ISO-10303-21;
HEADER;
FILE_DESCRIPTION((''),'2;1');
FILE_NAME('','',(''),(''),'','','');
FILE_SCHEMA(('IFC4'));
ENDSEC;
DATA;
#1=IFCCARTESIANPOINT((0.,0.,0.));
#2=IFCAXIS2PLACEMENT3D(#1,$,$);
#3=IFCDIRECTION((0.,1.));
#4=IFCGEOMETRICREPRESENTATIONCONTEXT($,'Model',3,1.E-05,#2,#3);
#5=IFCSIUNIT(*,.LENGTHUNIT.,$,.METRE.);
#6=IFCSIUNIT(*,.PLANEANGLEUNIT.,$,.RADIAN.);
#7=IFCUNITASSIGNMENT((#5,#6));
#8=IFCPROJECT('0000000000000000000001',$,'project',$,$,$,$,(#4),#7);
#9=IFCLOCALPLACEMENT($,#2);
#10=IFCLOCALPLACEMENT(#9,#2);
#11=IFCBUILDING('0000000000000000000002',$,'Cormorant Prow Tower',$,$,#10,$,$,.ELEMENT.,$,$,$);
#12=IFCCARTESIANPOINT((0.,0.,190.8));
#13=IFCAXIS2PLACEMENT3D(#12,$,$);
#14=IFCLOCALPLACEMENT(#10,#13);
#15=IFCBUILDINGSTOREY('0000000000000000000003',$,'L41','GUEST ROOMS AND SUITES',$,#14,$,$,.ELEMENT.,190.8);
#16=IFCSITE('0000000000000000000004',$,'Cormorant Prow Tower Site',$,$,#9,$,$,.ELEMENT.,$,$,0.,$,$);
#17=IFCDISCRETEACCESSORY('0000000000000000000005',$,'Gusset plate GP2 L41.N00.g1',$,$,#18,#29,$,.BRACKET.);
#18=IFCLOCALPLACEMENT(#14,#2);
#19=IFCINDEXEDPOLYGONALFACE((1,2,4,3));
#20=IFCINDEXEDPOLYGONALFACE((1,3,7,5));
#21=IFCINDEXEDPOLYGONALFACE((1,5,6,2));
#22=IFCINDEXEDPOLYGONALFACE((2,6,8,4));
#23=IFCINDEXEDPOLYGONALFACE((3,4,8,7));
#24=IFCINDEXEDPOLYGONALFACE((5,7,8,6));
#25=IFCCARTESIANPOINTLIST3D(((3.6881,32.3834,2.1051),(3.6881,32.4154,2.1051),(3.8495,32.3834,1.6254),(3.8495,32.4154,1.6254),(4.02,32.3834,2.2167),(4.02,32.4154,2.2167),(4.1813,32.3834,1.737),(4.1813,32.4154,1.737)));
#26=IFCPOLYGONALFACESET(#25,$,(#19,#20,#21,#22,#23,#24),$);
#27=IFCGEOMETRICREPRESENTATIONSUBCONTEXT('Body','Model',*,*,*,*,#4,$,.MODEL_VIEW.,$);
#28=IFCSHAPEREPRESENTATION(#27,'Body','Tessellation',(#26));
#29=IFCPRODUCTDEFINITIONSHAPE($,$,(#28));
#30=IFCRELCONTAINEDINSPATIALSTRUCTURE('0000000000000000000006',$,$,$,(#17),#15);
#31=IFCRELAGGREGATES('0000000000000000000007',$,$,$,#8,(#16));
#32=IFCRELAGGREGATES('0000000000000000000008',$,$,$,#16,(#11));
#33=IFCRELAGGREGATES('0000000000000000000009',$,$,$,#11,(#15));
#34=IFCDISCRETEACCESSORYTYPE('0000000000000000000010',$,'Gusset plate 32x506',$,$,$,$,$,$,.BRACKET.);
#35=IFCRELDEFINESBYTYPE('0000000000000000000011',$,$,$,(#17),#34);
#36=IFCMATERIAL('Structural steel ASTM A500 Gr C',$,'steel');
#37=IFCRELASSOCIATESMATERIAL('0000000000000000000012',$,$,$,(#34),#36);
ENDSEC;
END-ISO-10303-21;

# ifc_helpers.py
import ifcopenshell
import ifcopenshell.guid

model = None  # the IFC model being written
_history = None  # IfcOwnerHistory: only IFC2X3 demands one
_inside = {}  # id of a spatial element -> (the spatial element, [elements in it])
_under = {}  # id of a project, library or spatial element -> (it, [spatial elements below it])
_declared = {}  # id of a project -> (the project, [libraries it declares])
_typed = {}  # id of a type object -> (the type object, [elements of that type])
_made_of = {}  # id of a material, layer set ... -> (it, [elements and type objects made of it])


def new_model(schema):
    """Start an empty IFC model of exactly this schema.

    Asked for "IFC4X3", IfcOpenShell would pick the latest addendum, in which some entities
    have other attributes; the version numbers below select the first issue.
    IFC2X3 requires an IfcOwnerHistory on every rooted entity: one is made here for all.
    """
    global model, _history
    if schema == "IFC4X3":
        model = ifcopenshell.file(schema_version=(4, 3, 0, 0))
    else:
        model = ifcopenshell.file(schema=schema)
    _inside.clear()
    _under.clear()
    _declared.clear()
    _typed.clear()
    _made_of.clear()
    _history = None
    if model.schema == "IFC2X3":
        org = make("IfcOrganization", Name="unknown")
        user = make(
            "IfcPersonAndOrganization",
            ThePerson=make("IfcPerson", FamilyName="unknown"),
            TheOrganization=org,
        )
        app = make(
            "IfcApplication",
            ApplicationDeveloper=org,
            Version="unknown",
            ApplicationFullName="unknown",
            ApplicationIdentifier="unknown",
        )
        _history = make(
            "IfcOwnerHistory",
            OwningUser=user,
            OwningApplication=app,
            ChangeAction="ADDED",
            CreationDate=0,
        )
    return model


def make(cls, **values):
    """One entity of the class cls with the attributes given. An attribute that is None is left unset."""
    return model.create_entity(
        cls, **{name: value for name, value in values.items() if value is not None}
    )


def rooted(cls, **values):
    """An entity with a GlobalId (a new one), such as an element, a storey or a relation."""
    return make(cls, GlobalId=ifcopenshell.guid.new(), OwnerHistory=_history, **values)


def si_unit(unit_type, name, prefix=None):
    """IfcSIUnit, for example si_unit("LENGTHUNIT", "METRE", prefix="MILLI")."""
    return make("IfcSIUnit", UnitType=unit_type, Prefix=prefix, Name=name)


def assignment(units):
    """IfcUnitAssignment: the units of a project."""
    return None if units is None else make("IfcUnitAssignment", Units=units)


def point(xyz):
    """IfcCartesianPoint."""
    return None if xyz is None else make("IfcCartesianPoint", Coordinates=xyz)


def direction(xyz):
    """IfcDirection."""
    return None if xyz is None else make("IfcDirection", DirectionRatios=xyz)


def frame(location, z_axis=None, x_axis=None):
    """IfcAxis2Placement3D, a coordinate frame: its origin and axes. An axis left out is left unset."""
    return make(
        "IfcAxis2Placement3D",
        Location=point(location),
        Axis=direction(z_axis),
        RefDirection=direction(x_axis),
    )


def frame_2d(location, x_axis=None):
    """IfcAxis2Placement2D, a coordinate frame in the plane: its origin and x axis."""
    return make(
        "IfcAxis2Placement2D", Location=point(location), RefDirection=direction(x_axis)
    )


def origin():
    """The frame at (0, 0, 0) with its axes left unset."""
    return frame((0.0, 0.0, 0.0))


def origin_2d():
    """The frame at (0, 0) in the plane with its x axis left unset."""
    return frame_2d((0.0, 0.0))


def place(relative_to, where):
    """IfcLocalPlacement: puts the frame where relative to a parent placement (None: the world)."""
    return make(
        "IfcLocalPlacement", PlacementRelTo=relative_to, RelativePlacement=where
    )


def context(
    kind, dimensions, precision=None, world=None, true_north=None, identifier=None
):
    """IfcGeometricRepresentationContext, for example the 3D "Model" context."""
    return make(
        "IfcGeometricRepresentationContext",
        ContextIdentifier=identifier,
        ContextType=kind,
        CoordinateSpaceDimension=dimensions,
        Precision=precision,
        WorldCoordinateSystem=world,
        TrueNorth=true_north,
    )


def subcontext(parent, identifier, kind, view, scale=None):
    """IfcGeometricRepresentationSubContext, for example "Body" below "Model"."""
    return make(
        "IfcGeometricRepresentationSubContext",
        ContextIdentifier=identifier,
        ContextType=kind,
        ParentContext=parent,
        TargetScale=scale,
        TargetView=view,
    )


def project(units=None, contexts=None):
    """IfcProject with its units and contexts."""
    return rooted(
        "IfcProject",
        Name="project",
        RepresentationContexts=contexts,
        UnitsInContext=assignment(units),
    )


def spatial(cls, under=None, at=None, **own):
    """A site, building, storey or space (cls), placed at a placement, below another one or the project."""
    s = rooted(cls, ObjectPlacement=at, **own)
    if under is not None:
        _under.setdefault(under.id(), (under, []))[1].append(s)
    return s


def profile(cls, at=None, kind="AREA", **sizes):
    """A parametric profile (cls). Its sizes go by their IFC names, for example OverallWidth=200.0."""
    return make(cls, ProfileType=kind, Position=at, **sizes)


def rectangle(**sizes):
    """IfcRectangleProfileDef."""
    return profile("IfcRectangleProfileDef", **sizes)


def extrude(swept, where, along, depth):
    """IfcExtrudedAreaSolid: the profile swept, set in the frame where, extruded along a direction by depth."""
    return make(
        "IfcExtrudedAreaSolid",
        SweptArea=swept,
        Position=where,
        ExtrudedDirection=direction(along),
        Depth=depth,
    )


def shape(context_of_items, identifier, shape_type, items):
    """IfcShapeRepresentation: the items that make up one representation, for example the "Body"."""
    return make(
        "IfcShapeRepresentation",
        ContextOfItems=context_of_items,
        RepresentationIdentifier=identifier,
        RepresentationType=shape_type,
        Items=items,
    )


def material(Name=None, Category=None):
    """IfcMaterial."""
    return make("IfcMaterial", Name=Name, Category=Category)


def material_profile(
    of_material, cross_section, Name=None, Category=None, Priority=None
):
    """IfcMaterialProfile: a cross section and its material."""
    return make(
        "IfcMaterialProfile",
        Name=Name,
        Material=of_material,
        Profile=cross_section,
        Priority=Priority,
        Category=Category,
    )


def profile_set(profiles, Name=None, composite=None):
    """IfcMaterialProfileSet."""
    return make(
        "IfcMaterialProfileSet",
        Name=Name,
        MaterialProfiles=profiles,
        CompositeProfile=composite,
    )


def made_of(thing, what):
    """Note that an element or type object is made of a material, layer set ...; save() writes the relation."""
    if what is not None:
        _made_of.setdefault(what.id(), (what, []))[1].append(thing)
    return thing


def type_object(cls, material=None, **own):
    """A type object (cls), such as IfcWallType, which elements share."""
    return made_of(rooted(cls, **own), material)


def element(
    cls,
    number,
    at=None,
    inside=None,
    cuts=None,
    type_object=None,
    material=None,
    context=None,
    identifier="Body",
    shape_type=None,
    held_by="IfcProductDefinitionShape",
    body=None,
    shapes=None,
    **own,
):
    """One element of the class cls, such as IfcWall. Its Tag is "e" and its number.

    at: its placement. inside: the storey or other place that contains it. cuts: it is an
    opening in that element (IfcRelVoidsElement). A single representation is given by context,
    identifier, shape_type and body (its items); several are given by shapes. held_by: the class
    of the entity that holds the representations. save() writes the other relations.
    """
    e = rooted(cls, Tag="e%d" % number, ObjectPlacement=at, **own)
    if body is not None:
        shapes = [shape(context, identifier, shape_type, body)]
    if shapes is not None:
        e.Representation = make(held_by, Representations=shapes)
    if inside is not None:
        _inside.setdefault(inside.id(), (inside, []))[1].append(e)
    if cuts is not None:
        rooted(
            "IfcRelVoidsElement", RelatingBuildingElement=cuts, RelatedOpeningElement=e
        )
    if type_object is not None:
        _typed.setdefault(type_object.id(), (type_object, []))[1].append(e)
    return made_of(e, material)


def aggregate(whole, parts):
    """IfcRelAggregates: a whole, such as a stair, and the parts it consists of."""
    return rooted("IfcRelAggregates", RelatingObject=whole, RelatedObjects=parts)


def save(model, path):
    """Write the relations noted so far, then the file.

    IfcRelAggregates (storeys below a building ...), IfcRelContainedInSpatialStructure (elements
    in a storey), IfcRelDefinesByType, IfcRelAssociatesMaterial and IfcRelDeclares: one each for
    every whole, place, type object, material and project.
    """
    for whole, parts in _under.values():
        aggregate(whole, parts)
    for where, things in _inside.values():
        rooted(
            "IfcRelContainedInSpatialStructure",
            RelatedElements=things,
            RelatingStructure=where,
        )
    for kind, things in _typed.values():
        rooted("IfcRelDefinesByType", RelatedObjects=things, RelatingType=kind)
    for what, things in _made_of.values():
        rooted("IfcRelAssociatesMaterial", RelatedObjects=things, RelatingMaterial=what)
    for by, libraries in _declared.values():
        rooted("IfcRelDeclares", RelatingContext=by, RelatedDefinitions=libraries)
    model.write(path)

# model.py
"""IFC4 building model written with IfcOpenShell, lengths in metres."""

from ifc_helpers import new_model, si_unit, direction, frame, origin, origin_2d, place, context, subcontext, project, spatial, rectangle, extrude, material, material_profile, profile_set, type_object, element, save


model = new_model("IFC4")

# Units and contexts
model_context = context("Model", 3, precision=1e-05, world=origin(), true_north=direction((0.0, 1.0)))
body_context = subcontext(model_context, "Body", "Model", "MODEL_VIEW")
ifc_project = project(units=[si_unit("LENGTHUNIT", "METRE"), si_unit("PLANEANGLEUNIT", "RADIAN")], contexts=[model_context])

# Site, building, storey
site_placement = place(None, origin())
site = spatial("IfcSite", under=ifc_project, at=site_placement, Name="Cormorant Prow Tower Site", CompositionType="ELEMENT", RefElevation=0.0)
building_placement = place(site_placement, origin())
building = spatial("IfcBuilding", under=site, at=building_placement, Name="Cormorant Prow Tower", CompositionType="ELEMENT")
storey_placement = place(building_placement, frame((0.0, 0.0, 190.8)))
storey = spatial("IfcBuildingStorey", under=building, at=storey_placement, Name="L41", Description="GUEST ROOMS AND SUITES", CompositionType="ELEMENT", Elevation=190.8)

# Discrete accessory
ifc_material_1 = material(Name="Structural steel ASTM A500 Gr C", Category="steel")
ifc_material_profile_1 = material_profile(ifc_material_1, rectangle(XDim=0.032, YDim=0.5061, at=origin_2d()), Name="Gusset plate 32x506")
ifc_profile_set_1 = profile_set([ifc_material_profile_1], Name="Structural steel ASTM A500 Gr C")
discrete_accessory_type = type_object("IfcDiscreteAccessoryType", Name="Gusset plate 32x506", PredefinedType="BRACKET", material=ifc_profile_set_1)
discrete_accessory_1_placement = place(storey_placement, frame((3.7688, 32.3994, 1.8652), z_axis=(0.947843, 0.0, 0.318738), x_axis=(0.0, 1.0, 0.0)))
element("IfcDiscreteAccessory", 1, at=discrete_accessory_1_placement, inside=storey, type_object=discrete_accessory_type, Name="Gusset plate GP2 L41.N00.g1", PredefinedType="BRACKET", context=body_context, shape_type="SweptSolid", body=[
    extrude(rectangle(XDim=0.032, YDim=0.5061, at=origin_2d()), origin(), (0.0, 0.0, 1.0), 0.3501),
])

save(model, "model.ifc")
